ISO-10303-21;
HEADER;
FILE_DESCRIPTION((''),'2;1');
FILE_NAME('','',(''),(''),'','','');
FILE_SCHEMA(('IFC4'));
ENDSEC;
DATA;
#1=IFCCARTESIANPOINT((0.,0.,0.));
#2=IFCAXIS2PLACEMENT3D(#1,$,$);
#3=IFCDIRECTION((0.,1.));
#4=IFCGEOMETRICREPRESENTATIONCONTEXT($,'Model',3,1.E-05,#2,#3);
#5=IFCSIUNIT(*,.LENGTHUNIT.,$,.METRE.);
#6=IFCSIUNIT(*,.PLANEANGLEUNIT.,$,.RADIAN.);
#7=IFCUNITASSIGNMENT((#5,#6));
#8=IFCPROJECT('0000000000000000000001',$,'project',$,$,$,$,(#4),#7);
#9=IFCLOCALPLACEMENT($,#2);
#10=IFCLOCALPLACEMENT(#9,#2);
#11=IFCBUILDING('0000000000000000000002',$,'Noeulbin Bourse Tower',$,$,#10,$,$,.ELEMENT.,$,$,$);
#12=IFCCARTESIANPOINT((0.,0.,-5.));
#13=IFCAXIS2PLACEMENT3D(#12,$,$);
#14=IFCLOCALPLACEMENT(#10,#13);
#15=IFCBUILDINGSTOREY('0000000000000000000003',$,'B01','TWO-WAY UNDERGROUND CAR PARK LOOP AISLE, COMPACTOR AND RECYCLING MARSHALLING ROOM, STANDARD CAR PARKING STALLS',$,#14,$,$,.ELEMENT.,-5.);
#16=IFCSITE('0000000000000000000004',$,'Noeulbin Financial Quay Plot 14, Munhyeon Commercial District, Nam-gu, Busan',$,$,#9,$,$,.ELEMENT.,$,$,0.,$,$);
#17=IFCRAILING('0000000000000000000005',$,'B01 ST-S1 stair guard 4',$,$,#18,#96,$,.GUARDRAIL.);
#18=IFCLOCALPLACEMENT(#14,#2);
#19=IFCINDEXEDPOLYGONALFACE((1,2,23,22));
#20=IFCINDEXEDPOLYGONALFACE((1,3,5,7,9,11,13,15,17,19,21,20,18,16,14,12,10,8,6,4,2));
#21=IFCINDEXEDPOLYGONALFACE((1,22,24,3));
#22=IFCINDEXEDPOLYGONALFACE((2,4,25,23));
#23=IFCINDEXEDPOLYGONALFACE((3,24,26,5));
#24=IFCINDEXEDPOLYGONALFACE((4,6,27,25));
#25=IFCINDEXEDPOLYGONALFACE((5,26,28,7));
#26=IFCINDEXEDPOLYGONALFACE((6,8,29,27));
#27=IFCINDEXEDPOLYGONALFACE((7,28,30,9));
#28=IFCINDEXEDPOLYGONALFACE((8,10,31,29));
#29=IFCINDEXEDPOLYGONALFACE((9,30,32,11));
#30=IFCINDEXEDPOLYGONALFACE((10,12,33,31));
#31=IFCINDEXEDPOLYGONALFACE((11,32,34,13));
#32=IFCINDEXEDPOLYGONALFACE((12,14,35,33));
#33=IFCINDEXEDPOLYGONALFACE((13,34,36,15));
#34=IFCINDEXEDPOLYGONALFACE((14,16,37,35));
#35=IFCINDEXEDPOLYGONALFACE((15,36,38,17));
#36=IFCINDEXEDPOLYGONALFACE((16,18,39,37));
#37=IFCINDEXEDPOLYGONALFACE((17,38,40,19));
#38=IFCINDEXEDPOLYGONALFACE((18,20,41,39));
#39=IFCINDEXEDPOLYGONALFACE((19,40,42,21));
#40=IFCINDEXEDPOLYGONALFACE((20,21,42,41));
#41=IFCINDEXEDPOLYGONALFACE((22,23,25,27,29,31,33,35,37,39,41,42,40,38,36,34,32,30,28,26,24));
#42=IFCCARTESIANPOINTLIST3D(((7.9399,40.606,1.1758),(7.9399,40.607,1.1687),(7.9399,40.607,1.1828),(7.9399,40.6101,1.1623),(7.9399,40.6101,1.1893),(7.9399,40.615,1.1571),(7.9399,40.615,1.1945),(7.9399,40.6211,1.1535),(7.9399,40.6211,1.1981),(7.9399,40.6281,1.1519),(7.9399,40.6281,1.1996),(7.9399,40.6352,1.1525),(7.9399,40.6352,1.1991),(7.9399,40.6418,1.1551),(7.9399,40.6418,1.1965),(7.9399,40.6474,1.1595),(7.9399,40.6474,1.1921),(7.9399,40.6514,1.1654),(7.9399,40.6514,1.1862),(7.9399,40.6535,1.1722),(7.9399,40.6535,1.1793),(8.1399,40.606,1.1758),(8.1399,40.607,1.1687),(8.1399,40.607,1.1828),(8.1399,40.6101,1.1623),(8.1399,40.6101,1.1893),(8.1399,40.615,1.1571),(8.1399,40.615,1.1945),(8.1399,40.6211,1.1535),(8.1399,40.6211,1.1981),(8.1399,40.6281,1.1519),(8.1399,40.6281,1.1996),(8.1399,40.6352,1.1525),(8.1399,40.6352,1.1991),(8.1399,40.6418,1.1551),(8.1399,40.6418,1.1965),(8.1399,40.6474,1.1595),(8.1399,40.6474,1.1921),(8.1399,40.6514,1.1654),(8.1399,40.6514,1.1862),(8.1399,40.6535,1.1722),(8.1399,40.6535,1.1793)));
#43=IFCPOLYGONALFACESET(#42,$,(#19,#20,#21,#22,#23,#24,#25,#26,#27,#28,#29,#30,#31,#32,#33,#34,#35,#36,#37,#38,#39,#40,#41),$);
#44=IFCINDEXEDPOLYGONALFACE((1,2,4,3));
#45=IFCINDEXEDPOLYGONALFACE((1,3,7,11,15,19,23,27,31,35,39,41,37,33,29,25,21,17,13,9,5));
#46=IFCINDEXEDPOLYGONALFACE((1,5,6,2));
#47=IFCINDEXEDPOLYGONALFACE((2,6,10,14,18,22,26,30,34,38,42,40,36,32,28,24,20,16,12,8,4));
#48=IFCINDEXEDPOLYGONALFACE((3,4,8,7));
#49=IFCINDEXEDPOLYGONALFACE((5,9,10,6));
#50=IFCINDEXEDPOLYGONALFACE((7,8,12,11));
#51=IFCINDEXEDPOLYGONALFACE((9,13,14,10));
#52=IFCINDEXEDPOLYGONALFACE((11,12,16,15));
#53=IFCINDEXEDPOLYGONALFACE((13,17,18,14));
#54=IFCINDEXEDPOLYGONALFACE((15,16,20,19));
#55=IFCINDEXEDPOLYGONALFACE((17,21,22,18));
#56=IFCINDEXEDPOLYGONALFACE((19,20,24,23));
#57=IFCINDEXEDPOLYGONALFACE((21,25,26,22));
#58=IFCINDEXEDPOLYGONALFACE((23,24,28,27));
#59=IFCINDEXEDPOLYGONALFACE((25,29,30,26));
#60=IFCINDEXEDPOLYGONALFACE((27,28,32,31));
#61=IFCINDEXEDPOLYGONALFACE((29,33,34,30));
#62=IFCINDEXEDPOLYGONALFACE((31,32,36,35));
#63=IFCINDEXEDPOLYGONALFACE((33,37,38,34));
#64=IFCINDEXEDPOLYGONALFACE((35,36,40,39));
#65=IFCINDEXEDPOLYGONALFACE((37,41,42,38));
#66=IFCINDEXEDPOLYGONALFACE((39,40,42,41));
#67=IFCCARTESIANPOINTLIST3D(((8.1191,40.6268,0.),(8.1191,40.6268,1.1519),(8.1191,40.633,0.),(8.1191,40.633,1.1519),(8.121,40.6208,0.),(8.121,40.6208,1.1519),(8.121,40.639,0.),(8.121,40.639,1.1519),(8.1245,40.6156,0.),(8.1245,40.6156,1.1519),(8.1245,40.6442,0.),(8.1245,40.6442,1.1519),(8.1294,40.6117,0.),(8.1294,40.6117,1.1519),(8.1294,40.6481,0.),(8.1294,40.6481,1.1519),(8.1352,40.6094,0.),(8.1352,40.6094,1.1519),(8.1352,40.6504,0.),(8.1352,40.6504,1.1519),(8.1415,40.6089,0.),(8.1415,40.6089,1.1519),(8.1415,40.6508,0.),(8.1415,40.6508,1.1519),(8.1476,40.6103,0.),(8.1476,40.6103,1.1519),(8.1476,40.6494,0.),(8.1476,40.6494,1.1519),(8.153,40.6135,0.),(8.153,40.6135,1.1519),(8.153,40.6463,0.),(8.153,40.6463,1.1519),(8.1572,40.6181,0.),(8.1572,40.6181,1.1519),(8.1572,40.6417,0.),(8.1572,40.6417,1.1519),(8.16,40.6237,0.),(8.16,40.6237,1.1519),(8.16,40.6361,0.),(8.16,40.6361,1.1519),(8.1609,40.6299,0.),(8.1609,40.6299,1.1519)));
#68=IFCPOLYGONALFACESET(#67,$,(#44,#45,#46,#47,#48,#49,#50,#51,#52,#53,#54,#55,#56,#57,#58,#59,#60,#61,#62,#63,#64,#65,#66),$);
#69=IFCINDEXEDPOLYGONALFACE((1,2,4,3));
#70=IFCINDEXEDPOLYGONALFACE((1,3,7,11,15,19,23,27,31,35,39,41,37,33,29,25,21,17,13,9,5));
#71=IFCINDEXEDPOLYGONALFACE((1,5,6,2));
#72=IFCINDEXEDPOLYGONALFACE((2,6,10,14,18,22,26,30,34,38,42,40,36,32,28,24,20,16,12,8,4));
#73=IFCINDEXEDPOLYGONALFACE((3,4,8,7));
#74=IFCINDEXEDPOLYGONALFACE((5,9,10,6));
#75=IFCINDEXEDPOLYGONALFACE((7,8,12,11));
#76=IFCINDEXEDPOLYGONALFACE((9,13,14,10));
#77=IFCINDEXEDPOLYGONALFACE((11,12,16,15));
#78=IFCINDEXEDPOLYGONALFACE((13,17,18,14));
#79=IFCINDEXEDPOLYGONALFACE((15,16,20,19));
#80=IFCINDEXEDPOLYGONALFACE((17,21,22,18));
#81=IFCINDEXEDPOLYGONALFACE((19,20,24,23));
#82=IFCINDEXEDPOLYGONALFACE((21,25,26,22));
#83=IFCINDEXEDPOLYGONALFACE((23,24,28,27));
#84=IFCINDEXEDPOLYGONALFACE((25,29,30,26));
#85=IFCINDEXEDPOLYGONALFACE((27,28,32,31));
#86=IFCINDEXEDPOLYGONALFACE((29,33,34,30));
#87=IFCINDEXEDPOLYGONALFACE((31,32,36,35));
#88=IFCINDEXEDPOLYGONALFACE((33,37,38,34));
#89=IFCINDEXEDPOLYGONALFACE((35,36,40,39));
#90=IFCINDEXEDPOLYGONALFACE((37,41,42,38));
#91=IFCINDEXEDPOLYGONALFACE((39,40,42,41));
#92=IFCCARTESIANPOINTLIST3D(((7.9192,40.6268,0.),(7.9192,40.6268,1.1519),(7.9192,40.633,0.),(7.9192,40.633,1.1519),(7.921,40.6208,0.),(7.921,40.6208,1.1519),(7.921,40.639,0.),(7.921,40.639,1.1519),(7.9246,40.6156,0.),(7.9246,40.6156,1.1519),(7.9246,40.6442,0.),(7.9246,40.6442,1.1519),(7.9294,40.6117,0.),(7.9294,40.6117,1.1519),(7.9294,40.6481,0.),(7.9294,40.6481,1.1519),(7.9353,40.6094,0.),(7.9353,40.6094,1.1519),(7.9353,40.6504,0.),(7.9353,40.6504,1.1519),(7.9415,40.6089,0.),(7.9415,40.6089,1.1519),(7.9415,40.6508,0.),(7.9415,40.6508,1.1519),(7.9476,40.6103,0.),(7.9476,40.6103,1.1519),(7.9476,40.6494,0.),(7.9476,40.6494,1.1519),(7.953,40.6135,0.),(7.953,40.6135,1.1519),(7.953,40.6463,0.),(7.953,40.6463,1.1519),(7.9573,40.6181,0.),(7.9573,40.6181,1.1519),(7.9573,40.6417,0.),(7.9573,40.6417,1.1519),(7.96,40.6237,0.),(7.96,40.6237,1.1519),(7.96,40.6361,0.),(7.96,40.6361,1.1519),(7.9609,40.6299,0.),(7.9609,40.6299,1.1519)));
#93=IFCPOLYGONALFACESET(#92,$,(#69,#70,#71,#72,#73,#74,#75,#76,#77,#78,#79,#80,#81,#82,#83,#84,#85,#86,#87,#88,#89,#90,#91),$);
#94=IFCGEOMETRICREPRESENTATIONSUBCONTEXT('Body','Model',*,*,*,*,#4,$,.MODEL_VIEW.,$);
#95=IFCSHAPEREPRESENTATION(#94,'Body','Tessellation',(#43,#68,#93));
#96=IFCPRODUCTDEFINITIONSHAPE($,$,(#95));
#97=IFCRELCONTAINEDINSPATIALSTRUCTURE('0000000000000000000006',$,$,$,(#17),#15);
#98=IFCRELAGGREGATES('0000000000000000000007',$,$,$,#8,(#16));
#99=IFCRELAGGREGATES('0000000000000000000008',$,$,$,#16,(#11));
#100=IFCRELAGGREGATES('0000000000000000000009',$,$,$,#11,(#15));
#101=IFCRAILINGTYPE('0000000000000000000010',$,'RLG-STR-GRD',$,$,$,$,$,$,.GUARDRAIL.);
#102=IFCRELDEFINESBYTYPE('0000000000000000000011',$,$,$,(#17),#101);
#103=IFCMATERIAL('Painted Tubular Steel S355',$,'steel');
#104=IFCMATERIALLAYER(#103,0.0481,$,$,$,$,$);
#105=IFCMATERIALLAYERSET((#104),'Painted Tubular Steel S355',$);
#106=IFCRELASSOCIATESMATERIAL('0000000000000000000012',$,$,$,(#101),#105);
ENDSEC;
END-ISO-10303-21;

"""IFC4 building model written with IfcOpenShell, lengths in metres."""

from ifc_helpers import new_model, si_unit, direction, frame, origin, origin_2d, place, context, subcontext, project, spatial, circle, extrude, material, layer, layer_set, type_object, element, save


model = new_model("IFC4")

# Units and contexts
model_context = context("Model", 3, precision=1e-05, world=origin(), true_north=direction((0.0, 1.0)))
body_context = subcontext(model_context, "Body", "Model", "MODEL_VIEW")
ifc_project = project(units=[si_unit("LENGTHUNIT", "METRE"), si_unit("PLANEANGLEUNIT", "RADIAN")], contexts=[model_context])

# Site, building, storey
site_placement = place(None, origin())
site = spatial("IfcSite", under=ifc_project, at=site_placement, Name="Noeulbin Financial Quay Plot 14, Munhyeon Commercial District, Nam-gu, Busan", CompositionType="ELEMENT", RefElevation=0.0)
building_placement = place(site_placement, origin())
building = spatial("IfcBuilding", under=site, at=building_placement, Name="Noeulbin Bourse Tower", CompositionType="ELEMENT")
storey_placement = place(building_placement, frame((0.0, 0.0, -5.0)))
storey = spatial("IfcBuildingStorey", under=building, at=storey_placement, Name="B01", Description="TWO-WAY UNDERGROUND CAR PARK LOOP AISLE, COMPACTOR AND RECYCLING MARSHALLING ROOM, STANDARD CAR PARKING STALLS", CompositionType="ELEMENT", Elevation=-5.0)

# Railing
ifc_material_1 = material(Name="Painted Tubular Steel S355", Category="steel")
ifc_layer_1 = layer(ifc_material_1, 0.0481)
ifc_layer_set_1 = layer_set([ifc_layer_1], Name="Painted Tubular Steel S355")
railing_type_1 = type_object("IfcRailingType", Name="RLG-STR-GRD", PredefinedType="GUARDRAIL", material=ifc_layer_set_1)
railing_1_placement = place(storey_placement, frame((8.1399, 40.6299, 0.0)))
element("IfcRailing", 1, at=railing_1_placement, inside=storey, type_object=railing_type_1, Name="B01 ST-S1 stair guard 4", PredefinedType="GUARDRAIL", context=body_context, shape_type="SweptSolid", body=[
    extrude(circle(Radius=0.0239, at=origin_2d()), frame((0.0, 0.0, 1.1758), z_axis=(-1.0, 0.0, 0.0), x_axis=(0.0, -1.0, 0.0)), (0.0, 0.0, 1.0), 0.2),
    extrude(circle(Radius=0.021, at=origin_2d()), origin(), (0.0, 0.0, 1.0), 1.1519),
    extrude(circle(Radius=0.021, at=origin_2d()), frame((-0.2, 0.0, 0.0)), (0.0, 0.0, 1.0), 1.1519),
])

save(model, "model.ifc")
